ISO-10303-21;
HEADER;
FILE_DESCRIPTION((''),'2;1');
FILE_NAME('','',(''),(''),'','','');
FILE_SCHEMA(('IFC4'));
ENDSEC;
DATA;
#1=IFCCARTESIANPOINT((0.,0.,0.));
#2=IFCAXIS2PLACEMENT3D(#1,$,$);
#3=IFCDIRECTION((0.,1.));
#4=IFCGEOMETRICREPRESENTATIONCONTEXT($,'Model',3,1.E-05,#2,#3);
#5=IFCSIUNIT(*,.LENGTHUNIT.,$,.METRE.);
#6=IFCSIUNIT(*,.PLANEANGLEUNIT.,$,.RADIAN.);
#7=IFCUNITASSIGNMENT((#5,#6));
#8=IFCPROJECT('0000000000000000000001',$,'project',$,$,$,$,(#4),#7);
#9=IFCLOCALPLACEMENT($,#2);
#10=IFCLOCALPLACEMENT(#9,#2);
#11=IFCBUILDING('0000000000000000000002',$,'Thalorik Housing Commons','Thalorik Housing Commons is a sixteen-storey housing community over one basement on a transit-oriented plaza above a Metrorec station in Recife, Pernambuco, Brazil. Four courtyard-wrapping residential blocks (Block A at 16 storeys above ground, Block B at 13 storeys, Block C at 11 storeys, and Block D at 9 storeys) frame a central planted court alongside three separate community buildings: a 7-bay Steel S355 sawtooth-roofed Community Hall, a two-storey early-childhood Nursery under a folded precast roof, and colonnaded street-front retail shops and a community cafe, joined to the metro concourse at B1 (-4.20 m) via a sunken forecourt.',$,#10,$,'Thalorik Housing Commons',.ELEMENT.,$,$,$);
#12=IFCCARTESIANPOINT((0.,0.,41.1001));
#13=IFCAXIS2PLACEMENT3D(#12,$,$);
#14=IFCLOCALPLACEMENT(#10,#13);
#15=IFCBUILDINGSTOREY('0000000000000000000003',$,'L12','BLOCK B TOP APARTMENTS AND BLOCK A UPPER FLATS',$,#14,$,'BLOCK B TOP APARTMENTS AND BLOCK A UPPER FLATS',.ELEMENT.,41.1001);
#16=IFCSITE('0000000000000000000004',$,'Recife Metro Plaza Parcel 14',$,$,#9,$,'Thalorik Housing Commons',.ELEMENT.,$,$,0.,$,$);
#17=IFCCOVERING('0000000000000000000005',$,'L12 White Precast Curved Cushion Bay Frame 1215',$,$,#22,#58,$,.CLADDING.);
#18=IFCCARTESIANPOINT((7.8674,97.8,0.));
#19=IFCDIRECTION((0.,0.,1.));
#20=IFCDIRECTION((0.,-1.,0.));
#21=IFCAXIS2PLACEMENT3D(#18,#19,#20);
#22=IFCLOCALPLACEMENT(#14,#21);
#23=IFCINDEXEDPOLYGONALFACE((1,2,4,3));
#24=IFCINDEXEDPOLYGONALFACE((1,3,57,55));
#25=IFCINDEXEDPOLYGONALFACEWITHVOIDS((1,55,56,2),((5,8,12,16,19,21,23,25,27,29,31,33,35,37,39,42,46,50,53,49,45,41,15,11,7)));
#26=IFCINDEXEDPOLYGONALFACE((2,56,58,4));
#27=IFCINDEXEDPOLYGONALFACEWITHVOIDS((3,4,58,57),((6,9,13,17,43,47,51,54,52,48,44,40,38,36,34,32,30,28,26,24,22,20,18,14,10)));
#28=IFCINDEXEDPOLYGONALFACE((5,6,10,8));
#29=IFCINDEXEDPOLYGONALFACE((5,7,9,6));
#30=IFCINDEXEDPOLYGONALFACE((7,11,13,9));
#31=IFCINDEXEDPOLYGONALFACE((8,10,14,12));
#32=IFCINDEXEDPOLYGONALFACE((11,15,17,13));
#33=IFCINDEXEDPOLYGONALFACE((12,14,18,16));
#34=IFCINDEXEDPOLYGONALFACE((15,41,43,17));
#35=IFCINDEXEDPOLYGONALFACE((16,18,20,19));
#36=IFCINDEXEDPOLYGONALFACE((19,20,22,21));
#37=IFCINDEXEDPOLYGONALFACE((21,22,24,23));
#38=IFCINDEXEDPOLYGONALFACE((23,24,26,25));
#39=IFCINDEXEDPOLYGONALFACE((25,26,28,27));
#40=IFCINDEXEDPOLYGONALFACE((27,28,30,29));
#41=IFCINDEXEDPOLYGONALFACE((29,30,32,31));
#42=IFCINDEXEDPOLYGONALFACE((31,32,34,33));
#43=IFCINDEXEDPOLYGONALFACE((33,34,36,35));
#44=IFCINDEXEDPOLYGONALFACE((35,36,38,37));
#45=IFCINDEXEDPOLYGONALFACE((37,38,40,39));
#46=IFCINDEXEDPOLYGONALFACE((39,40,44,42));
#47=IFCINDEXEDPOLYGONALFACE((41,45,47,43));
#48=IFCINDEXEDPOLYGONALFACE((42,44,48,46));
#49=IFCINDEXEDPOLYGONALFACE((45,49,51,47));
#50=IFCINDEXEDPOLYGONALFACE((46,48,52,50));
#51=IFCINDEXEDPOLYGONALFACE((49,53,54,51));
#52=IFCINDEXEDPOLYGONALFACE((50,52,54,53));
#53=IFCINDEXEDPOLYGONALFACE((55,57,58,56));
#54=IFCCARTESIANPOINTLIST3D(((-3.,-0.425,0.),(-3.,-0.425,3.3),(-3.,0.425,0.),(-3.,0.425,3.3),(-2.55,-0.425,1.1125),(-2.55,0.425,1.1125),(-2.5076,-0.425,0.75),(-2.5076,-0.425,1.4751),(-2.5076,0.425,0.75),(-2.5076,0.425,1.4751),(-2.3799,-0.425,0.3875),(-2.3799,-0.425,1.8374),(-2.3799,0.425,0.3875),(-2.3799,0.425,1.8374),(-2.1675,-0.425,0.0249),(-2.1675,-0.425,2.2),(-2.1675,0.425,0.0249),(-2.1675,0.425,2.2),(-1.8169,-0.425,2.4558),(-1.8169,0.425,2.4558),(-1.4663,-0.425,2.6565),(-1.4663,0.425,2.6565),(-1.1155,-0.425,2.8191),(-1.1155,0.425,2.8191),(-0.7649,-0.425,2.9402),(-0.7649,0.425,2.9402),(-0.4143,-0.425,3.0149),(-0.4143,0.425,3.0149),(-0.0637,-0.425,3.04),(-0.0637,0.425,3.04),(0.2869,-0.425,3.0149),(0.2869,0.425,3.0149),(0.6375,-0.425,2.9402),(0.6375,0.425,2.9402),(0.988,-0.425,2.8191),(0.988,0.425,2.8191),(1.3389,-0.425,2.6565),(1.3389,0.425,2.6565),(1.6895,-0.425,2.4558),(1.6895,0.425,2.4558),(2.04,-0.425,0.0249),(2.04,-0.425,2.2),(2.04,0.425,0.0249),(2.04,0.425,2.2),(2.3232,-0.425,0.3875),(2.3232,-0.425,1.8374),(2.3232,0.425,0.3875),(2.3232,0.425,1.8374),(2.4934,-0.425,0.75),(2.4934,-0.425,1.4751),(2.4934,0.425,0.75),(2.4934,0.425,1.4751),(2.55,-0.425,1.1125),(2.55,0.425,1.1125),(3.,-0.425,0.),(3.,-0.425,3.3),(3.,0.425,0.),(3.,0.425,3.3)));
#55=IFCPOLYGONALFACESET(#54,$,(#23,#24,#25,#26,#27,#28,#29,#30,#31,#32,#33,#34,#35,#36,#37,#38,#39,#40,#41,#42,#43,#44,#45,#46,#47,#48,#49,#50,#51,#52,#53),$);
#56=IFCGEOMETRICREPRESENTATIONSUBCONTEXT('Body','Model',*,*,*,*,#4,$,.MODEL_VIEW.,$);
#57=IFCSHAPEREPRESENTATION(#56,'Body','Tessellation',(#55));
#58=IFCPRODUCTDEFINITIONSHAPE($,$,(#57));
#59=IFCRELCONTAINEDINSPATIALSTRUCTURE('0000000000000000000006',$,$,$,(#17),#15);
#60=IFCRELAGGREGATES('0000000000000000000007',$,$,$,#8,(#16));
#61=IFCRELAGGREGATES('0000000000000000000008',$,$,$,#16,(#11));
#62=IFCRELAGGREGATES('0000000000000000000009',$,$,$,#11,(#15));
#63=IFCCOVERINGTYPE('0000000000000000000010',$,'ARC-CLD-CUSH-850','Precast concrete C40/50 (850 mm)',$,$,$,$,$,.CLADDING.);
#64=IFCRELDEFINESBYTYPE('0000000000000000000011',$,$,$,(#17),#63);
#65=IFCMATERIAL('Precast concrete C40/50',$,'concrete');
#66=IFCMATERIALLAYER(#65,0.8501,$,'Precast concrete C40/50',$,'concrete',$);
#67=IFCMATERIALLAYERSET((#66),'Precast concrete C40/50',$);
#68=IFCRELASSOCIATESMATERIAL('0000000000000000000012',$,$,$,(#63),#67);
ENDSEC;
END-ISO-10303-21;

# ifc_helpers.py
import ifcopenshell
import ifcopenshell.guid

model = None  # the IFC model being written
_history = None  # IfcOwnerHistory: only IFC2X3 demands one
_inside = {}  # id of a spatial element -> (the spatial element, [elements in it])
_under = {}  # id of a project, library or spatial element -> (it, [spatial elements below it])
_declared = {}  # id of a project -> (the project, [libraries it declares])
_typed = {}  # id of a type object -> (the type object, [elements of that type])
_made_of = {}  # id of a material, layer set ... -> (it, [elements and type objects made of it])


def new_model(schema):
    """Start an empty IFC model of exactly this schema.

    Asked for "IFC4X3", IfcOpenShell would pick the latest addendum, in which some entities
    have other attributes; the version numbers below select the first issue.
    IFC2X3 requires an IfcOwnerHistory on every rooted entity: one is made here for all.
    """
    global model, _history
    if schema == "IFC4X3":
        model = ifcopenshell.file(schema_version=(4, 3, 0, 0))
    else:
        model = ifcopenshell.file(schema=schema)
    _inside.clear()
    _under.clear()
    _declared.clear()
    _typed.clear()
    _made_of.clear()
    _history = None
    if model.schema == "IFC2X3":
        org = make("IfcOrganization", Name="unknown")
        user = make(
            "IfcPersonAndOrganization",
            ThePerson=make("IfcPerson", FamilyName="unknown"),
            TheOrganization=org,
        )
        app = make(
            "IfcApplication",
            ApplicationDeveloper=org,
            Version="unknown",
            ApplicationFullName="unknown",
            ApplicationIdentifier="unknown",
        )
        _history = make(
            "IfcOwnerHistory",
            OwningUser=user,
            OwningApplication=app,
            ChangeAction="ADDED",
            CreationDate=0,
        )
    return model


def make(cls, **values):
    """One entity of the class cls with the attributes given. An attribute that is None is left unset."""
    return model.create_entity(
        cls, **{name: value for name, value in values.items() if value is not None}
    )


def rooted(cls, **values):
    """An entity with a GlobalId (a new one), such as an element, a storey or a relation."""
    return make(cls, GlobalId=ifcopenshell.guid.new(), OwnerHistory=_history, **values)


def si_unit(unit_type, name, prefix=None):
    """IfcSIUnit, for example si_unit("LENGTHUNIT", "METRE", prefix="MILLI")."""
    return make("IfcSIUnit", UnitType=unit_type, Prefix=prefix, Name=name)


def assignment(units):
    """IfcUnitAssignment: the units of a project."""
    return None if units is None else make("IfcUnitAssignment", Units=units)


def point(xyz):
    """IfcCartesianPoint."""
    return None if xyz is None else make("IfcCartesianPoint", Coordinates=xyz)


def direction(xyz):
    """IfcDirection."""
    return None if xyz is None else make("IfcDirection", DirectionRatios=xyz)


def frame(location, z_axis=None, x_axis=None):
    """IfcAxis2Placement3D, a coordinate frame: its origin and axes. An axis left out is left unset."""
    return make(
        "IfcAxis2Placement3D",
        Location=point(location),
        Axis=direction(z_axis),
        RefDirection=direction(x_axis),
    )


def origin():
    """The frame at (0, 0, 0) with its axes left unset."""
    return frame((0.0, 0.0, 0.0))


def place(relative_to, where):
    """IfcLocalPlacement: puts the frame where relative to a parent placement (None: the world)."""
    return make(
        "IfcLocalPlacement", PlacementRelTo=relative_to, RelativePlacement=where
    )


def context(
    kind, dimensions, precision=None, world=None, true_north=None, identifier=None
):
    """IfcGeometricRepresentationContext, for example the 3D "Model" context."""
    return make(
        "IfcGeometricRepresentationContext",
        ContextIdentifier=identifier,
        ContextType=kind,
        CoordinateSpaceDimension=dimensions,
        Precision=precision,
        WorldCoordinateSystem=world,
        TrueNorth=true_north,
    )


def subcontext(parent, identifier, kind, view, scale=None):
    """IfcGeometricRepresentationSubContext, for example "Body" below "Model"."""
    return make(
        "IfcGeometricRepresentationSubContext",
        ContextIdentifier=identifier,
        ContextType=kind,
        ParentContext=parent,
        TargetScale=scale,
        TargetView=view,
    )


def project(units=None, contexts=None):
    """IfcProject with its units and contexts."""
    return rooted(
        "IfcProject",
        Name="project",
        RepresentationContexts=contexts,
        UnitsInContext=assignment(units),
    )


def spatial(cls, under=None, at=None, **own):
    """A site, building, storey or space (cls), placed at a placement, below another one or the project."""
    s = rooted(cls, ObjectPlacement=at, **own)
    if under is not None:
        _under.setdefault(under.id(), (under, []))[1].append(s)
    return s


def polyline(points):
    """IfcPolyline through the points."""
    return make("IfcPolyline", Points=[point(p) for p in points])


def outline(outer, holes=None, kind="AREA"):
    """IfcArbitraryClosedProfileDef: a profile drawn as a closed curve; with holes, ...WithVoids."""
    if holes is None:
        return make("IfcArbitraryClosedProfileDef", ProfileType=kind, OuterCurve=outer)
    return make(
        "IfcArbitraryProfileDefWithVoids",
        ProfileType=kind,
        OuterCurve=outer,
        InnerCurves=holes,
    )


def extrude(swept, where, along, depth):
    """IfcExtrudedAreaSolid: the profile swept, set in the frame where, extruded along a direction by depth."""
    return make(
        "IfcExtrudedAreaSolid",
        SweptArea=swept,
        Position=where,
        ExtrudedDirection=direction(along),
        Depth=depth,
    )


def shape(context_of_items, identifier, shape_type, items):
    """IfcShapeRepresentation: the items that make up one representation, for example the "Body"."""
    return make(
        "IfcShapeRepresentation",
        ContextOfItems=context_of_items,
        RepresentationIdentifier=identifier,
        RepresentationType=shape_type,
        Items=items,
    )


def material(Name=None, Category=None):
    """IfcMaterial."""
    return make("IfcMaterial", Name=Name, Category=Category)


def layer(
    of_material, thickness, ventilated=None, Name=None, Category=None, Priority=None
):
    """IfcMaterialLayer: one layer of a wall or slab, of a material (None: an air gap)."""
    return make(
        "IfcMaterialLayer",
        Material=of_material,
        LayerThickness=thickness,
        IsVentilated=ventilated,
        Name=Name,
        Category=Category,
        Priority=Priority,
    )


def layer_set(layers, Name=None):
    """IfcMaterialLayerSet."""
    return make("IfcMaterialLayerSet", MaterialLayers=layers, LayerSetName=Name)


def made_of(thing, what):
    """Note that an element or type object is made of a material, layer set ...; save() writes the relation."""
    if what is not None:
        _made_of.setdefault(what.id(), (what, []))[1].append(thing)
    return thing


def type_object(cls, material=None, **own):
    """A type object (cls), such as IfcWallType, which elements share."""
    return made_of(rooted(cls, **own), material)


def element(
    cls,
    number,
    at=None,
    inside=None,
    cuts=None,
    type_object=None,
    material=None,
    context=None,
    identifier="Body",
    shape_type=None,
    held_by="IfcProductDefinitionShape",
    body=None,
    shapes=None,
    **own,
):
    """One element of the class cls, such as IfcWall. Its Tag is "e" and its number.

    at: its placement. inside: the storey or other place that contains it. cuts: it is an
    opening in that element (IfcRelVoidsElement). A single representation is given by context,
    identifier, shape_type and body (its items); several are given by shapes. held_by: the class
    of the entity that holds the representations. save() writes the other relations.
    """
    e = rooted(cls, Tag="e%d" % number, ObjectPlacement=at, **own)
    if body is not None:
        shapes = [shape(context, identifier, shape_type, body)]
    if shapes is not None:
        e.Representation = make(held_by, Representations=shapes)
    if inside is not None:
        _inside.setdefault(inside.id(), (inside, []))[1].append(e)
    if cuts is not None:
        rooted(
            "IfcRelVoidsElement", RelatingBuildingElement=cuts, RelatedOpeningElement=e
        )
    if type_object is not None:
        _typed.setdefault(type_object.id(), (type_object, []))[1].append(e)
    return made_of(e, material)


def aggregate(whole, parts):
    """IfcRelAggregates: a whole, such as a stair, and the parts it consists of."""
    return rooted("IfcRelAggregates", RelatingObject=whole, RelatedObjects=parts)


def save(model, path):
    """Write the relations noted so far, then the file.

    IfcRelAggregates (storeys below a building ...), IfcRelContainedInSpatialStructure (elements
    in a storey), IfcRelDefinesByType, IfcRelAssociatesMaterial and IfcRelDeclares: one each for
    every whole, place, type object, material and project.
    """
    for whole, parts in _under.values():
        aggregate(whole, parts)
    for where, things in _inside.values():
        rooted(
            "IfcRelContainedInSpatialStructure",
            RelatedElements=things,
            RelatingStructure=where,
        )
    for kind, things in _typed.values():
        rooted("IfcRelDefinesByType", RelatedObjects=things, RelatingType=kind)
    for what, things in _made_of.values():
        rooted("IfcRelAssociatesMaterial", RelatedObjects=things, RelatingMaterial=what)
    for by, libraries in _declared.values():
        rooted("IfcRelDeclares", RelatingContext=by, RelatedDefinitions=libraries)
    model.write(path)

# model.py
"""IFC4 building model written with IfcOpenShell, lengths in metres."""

from ifc_helpers import new_model, si_unit, direction, frame, origin, place, context, subcontext, project, spatial, polyline, outline, extrude, material, layer, layer_set, type_object, element, save


model = new_model("IFC4")

# Units and contexts
model_context = context("Model", 3, precision=1e-05, world=origin(), true_north=direction((0.0, 1.0)))
body_context = subcontext(model_context, "Body", "Model", "MODEL_VIEW")
ifc_project = project(units=[si_unit("LENGTHUNIT", "METRE"), si_unit("PLANEANGLEUNIT", "RADIAN")], contexts=[model_context])

# Site, building, storey
site_placement = place(None, origin())
site = spatial("IfcSite", under=ifc_project, at=site_placement, Name="Recife Metro Plaza Parcel 14", LongName="Thalorik Housing Commons", CompositionType="ELEMENT", RefElevation=0.0)
building_placement = place(site_placement, origin())
building = spatial("IfcBuilding", under=site, at=building_placement, Name="Thalorik Housing Commons", Description="Thalorik Housing Commons is a sixteen-storey housing community over one basement on a transit-oriented plaza above a Metrorec station in Recife, Pernambuco, Brazil. Four courtyard-wrapping residential blocks (Block A at 16 storeys above ground, Block B at 13 storeys, Block C at 11 storeys, and Block D at 9 storeys) frame a central planted court alongside three separate community buildings: a 7-bay Steel S355 sawtooth-roofed Community Hall, a two-storey early-childhood Nursery under a folded precast roof, and colonnaded street-front retail shops and a community cafe, joined to the metro concourse at B1 (-4.20 m) via a sunken forecourt.", LongName="Thalorik Housing Commons", CompositionType="ELEMENT")
storey_placement = place(building_placement, frame((0.0, 0.0, 41.1001)))
storey = spatial("IfcBuildingStorey", under=building, at=storey_placement, Name="L12", Description="BLOCK B TOP APARTMENTS AND BLOCK A UPPER FLATS", LongName="BLOCK B TOP APARTMENTS AND BLOCK A UPPER FLATS", CompositionType="ELEMENT", Elevation=41.1001)

# Shared definitions
ifc_material_1 = material(Name="Precast concrete C40/50", Category="concrete")

# Covering
ifc_layer_1 = layer(ifc_material_1, 0.8501, Name="Precast concrete C40/50", Category="concrete")
ifc_layer_set_1 = layer_set([ifc_layer_1], Name="Precast concrete C40/50")
covering_type_1 = type_object("IfcCoveringType", Name="ARC-CLD-CUSH-850", Description="Precast concrete C40/50 (850 mm)", PredefinedType="CLADDING", material=ifc_layer_set_1)
covering_1_placement = place(storey_placement, frame((7.8674, 97.8, 0.0), z_axis=(0.0, 0.0, 1.0), x_axis=(0.0, -1.0, 0.0)))
element("IfcCovering", 1, at=covering_1_placement, inside=storey, type_object=covering_type_1, Name="L12 White Precast Curved Cushion Bay Frame 1215", PredefinedType="CLADDING", context=body_context, shape_type="SweptSolid", body=[
    extrude(outline(polyline([(-3.0, 0.0), (3.0, 0.0), (3.0, 3.3), (-3.0, 3.3), (-3.0, 0.0)]), holes=[polyline([(2.04, 0.0249), (2.3232, 0.3875), (2.4934, 0.75), (2.55, 1.1125), (2.4934, 1.4751), (2.3232, 1.8374), (2.04, 2.2), (1.6895, 2.4558), (1.3389, 2.6565), (0.988, 2.8191), (0.6375, 2.9402), (0.2869, 3.0149), (-0.0637, 3.04), (-0.4143, 3.0149), (-0.7649, 2.9402), (-1.1155, 2.8191), (-1.4663, 2.6565), (-1.8169, 2.4558), (-2.1675, 2.2), (-2.3799, 1.8374), (-2.5076, 1.4751), (-2.55, 1.1125), (-2.5076, 0.75), (-2.3799, 0.3875), (-2.1675, 0.0249), (2.04, 0.0249)])]), frame((0.0, 0.425, 0.0), z_axis=(0.0, -1.0, 0.0), x_axis=(1.0, 0.0, 0.0)), (0.0, 0.0, 1.0), 0.8501),
])

save(model, "model.ifc")
